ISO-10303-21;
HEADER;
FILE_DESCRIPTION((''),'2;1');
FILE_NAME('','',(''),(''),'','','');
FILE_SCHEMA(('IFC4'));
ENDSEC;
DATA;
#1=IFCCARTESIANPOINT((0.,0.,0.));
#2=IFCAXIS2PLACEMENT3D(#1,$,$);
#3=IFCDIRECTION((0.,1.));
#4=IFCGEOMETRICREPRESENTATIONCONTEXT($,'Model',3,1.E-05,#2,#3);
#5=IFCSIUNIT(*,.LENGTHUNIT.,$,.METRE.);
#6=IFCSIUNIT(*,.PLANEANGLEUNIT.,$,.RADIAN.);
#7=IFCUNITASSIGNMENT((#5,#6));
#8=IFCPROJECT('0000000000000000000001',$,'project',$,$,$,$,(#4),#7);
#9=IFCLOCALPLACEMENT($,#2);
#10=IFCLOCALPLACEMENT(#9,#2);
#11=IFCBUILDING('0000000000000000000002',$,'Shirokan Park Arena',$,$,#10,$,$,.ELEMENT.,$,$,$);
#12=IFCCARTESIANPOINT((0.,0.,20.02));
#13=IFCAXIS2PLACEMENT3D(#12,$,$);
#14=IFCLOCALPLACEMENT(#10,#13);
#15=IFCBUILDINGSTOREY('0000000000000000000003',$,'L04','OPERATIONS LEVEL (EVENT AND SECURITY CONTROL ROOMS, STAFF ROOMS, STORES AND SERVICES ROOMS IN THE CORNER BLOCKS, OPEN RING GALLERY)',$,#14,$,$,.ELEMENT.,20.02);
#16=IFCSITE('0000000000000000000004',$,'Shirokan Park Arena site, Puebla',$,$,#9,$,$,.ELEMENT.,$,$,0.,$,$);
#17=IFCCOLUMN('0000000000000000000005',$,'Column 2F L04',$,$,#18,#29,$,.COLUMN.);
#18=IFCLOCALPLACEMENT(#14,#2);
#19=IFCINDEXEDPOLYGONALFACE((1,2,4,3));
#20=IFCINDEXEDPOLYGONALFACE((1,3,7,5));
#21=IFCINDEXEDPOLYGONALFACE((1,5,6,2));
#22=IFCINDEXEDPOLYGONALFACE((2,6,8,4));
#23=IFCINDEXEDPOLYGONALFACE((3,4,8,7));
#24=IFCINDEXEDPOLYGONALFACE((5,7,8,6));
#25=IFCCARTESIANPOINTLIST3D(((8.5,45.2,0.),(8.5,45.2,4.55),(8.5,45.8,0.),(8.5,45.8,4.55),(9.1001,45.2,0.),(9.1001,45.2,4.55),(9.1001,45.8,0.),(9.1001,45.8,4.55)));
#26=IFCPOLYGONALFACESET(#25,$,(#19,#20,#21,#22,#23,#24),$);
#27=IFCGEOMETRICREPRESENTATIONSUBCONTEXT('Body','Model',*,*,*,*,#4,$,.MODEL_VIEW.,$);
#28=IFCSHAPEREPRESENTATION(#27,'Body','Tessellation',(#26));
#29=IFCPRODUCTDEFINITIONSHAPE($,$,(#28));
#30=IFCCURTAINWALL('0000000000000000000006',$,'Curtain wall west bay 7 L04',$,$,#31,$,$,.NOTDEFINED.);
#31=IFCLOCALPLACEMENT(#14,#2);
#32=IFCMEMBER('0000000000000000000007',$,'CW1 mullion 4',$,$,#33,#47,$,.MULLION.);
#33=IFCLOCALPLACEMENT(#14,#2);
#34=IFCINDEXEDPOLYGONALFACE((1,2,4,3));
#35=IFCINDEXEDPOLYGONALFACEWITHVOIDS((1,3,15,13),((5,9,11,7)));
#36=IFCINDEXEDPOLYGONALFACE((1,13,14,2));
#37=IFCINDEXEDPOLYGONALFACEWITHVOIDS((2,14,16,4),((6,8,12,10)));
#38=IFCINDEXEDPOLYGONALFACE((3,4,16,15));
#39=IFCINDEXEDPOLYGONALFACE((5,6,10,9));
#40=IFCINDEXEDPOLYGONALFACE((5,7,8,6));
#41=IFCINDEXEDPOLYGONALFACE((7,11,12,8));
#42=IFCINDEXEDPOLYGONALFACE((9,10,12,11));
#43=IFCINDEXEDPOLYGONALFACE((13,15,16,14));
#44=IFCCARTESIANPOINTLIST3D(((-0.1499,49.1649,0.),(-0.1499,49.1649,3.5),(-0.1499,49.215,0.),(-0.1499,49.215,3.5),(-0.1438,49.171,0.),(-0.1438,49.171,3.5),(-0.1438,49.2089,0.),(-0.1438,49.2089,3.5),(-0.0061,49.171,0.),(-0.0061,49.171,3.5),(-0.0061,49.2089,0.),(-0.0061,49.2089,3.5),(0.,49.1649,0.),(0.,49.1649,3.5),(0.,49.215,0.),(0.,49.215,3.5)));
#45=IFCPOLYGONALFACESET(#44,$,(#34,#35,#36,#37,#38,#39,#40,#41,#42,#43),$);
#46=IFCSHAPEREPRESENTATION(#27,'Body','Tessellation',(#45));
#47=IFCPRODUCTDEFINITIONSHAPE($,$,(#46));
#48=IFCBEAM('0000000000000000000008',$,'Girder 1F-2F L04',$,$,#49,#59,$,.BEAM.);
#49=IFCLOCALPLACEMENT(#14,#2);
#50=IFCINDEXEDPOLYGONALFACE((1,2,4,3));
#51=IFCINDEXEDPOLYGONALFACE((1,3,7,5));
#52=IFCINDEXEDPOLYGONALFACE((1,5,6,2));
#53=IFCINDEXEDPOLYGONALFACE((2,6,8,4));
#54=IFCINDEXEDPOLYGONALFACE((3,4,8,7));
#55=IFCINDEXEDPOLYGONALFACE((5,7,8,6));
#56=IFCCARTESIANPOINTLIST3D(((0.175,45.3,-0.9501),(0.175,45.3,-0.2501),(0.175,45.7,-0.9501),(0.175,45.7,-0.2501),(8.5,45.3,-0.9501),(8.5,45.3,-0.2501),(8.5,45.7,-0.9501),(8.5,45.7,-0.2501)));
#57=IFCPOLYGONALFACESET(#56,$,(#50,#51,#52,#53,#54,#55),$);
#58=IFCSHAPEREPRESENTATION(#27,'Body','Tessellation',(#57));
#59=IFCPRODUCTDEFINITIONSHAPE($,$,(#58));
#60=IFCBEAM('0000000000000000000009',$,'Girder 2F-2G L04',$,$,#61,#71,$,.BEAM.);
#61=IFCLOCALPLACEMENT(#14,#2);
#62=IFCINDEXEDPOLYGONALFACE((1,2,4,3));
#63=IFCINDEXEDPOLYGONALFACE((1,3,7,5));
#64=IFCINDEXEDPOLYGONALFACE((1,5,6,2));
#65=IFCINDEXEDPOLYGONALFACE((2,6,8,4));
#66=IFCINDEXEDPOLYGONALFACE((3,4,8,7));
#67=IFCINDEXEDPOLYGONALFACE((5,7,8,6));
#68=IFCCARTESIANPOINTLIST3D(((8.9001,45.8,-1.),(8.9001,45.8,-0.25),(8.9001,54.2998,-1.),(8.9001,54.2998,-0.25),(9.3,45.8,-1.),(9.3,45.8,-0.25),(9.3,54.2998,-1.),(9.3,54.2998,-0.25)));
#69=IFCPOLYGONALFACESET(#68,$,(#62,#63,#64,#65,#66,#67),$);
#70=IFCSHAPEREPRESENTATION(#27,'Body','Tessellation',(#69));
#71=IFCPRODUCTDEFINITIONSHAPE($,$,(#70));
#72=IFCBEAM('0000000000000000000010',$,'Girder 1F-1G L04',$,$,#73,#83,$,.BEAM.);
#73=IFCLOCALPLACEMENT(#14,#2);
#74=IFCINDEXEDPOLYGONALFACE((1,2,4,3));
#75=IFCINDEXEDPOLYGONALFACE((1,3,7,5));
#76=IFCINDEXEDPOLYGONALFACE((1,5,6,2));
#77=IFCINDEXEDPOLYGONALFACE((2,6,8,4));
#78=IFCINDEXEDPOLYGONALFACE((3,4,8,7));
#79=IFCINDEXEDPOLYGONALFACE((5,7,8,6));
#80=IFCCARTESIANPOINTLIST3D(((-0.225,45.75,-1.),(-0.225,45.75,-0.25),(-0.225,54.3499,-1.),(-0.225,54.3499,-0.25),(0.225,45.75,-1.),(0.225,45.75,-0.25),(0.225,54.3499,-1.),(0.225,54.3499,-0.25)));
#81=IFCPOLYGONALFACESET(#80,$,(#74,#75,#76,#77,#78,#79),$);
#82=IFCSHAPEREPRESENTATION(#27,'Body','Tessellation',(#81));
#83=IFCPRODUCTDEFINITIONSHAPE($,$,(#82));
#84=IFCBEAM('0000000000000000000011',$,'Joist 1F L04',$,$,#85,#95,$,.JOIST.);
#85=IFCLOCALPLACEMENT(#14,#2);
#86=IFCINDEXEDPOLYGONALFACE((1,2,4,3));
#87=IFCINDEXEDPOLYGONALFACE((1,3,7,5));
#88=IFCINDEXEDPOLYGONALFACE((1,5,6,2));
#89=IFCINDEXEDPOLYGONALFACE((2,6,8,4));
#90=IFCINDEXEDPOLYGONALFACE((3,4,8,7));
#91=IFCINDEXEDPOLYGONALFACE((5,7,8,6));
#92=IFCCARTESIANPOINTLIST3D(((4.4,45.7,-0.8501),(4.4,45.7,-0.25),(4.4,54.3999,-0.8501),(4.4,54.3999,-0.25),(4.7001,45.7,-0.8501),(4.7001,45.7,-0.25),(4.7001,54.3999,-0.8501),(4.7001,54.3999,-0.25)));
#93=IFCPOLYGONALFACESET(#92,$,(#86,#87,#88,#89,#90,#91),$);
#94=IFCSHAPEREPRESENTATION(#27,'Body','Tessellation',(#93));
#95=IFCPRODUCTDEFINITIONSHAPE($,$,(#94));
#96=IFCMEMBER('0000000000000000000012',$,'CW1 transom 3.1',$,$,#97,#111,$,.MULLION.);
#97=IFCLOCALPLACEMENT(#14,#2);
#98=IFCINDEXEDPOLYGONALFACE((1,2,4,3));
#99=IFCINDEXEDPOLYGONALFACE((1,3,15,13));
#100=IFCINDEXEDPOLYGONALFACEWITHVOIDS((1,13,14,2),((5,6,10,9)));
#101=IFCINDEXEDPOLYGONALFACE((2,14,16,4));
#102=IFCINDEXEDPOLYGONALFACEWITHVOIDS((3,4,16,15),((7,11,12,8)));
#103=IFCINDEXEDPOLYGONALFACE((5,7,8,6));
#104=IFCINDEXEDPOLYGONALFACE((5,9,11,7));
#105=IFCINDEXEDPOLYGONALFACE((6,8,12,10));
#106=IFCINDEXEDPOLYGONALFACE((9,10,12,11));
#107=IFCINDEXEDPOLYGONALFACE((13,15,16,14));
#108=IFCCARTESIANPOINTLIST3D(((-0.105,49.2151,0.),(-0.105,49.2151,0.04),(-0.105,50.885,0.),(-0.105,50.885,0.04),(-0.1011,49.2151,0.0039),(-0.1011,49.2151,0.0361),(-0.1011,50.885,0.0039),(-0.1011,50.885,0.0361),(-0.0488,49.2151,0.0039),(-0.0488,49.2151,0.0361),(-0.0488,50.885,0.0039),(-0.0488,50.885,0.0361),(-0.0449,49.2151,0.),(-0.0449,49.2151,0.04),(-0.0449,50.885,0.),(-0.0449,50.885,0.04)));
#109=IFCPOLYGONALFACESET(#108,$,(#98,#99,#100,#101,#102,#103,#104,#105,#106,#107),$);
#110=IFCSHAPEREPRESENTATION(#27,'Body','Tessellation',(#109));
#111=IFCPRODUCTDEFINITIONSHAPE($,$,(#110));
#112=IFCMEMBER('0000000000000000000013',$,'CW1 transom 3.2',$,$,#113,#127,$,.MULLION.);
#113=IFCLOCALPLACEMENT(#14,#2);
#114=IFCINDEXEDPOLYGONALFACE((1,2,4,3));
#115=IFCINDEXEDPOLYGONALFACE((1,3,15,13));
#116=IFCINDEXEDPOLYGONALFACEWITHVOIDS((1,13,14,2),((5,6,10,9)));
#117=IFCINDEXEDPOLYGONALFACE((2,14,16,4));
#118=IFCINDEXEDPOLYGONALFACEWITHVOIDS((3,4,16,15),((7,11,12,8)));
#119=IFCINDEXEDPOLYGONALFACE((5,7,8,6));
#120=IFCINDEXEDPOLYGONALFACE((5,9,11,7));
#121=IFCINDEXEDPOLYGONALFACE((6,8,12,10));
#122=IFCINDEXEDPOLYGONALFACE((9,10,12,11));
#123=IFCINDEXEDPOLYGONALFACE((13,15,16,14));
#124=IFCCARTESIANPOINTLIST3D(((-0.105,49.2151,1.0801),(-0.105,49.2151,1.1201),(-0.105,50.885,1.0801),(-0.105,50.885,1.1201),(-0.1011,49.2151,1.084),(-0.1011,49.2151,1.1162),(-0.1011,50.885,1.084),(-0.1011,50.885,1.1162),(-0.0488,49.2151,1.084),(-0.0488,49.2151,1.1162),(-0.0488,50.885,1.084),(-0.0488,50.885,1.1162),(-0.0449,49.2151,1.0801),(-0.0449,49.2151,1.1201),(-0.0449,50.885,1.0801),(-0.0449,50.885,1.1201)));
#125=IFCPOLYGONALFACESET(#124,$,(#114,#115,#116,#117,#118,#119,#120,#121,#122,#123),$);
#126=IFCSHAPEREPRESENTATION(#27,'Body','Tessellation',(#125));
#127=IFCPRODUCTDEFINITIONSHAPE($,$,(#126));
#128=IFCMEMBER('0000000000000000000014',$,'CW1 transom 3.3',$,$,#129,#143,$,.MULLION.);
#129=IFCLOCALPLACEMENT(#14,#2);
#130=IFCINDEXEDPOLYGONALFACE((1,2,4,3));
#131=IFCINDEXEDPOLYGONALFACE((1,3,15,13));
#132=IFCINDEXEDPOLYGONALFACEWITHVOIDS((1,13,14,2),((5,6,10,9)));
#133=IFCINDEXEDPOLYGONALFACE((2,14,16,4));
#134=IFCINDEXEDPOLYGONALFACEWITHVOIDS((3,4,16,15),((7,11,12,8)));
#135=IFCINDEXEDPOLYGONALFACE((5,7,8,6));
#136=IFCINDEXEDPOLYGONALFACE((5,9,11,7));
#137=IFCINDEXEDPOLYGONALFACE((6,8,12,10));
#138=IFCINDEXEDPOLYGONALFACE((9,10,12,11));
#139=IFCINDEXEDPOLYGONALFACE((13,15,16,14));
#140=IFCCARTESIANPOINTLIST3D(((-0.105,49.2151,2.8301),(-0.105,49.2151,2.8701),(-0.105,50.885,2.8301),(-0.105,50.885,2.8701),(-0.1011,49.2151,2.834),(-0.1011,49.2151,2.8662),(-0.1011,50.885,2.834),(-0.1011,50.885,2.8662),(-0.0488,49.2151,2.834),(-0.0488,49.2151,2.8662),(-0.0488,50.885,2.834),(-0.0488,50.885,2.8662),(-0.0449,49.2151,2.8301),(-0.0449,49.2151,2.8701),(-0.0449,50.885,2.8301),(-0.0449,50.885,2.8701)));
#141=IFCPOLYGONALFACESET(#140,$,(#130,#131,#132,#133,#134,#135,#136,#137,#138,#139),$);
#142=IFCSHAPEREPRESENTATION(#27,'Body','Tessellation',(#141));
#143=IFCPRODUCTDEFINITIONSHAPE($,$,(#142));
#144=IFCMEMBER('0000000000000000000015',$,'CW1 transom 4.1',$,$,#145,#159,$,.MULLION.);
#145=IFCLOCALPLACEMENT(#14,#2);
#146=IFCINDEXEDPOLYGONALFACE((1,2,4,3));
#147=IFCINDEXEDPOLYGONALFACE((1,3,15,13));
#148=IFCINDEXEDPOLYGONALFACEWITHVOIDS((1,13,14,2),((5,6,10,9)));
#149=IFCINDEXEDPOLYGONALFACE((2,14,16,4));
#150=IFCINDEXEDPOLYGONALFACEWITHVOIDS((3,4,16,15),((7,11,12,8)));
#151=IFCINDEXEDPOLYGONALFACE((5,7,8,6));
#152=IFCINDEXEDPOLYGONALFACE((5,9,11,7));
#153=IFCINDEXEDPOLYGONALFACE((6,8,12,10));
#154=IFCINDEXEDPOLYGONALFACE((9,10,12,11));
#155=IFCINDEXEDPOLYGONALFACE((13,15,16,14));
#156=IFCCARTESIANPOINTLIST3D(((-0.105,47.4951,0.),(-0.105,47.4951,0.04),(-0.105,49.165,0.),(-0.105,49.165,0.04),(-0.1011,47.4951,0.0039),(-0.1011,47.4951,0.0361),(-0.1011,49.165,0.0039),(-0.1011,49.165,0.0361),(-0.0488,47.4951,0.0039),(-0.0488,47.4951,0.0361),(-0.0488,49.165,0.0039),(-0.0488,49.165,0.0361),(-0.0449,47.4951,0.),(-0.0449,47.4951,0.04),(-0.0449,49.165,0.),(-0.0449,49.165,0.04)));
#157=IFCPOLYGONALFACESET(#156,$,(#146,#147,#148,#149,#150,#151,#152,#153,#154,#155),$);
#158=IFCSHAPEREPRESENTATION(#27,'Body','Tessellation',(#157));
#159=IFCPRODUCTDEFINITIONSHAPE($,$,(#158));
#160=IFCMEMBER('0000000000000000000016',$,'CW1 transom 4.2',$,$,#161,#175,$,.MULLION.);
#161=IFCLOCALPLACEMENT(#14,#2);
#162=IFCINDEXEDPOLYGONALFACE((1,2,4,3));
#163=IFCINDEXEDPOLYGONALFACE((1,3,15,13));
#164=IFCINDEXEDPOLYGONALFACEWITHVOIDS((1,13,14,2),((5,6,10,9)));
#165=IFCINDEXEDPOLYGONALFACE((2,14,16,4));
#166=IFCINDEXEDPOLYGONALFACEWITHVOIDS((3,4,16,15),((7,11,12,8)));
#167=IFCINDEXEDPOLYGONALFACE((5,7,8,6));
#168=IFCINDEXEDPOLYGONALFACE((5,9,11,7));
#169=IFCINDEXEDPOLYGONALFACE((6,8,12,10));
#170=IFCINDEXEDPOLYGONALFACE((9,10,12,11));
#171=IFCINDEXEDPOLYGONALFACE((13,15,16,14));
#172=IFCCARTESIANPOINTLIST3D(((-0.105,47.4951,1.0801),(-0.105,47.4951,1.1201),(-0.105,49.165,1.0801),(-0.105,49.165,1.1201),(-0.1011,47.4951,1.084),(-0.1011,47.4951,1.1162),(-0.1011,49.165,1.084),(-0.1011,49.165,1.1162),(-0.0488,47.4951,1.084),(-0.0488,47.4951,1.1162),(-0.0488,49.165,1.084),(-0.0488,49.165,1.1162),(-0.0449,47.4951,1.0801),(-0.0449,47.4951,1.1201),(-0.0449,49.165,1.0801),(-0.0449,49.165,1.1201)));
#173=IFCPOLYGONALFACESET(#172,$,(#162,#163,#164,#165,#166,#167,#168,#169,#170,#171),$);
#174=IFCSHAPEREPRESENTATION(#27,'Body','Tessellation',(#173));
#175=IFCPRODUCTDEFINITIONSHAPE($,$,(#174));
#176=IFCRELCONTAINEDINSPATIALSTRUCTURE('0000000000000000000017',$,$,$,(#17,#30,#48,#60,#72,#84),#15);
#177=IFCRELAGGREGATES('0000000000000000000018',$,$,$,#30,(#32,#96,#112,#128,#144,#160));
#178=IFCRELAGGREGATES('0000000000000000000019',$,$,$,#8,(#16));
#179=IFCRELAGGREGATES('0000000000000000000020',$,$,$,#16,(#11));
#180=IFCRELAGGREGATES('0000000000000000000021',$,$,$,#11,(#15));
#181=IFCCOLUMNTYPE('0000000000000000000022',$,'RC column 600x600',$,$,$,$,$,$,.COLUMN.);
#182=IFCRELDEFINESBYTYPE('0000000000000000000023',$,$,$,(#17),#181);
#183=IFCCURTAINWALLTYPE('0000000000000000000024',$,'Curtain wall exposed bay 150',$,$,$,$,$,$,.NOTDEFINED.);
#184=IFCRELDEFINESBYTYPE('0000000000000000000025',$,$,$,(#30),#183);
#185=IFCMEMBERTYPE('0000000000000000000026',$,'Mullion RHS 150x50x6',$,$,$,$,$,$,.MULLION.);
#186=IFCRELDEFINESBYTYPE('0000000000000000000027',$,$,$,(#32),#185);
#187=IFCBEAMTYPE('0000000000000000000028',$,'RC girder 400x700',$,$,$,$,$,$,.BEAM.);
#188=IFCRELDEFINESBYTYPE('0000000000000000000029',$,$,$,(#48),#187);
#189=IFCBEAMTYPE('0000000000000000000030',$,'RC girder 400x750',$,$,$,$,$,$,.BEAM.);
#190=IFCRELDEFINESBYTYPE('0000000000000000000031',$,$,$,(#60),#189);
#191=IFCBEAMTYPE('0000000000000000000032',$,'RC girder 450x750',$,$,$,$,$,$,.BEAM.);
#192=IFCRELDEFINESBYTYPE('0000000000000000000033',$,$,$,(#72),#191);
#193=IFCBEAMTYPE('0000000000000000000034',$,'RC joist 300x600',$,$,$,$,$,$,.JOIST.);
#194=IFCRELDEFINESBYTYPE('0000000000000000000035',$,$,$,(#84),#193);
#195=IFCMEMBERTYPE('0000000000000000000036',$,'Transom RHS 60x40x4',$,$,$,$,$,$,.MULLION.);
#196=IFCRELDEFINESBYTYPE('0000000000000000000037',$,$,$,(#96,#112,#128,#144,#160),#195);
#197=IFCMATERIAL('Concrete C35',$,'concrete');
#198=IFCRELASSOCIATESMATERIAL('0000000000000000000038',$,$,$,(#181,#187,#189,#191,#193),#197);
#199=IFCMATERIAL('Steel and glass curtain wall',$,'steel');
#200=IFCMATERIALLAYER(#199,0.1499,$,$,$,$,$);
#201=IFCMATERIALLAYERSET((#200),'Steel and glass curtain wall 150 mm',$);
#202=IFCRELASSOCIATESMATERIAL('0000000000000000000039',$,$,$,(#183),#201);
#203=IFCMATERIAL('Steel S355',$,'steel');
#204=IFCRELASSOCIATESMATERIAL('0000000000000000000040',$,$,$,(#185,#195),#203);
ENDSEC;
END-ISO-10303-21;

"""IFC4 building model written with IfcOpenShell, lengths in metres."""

from ifc_helpers import new_model, si_unit, direction, frame, origin, origin_2d, place, context, subcontext, project, spatial, rectangle, hollow_rectangle, extrude, material, layer, layer_set, material_profile, profile_set, type_object, element, aggregate, save


model = new_model("IFC4")

# Units and contexts
model_context = context("Model", 3, precision=1e-05, world=origin(), true_north=direction((0.0, 1.0)))
body_context = subcontext(model_context, "Body", "Model", "MODEL_VIEW")
ifc_project = project(units=[si_unit("LENGTHUNIT", "METRE"), si_unit("PLANEANGLEUNIT", "RADIAN")], contexts=[model_context])

# Site, building, storey
site_placement = place(None, origin())
site = spatial("IfcSite", under=ifc_project, at=site_placement, Name="Shirokan Park Arena site, Puebla", CompositionType="ELEMENT", RefElevation=0.0)
building_placement = place(site_placement, origin())
building = spatial("IfcBuilding", under=site, at=building_placement, Name="Shirokan Park Arena", CompositionType="ELEMENT")
storey_placement = place(building_placement, frame((0.0, 0.0, 20.02)))
storey = spatial("IfcBuildingStorey", under=building, at=storey_placement, Name="L04", Description="OPERATIONS LEVEL (EVENT AND SECURITY CONTROL ROOMS, STAFF ROOMS, STORES AND SERVICES ROOMS IN THE CORNER BLOCKS, OPEN RING GALLERY)", CompositionType="ELEMENT", Elevation=20.02)

# Column
ifc_material_1 = material(Name="Concrete C35", Category="concrete")
ifc_material_profile_1 = material_profile(ifc_material_1, rectangle(XDim=0.6001, YDim=0.6001, at=origin_2d()), Name="600x600")
ifc_profile_set_1 = profile_set([ifc_material_profile_1], Name="Concrete C35")
column_type = type_object("IfcColumnType", Name="RC column 600x600", PredefinedType="COLUMN", material=ifc_profile_set_1)
column_placement = place(storey_placement, frame((8.8, 45.5, 0.0), z_axis=(0.0, 0.0, 1.0), x_axis=(1.0, 0.0, 0.0)))
element("IfcColumn", 1, at=column_placement, inside=storey, type_object=column_type, Name="Column 2F L04", PredefinedType="COLUMN", context=body_context, shape_type="SweptSolid", body=[
    extrude(rectangle(XDim=0.6001, YDim=0.6001, at=origin_2d()), origin(), (0.0, 0.0, 1.0), 4.55),
])

# Curtain wall, member
ifc_material_2 = material(Name="Steel and glass curtain wall", Category="steel")
ifc_layer_1 = layer(ifc_material_2, 0.1499)
ifc_layer_set_1 = layer_set([ifc_layer_1], Name="Steel and glass curtain wall 150 mm")
curtain_wall_type = type_object("IfcCurtainWallType", Name="Curtain wall exposed bay 150", PredefinedType="NOTDEFINED", material=ifc_layer_set_1)
curtain_wall_placement = place(storey_placement, origin())
curtain_wall = element("IfcCurtainWall", 2, at=curtain_wall_placement, inside=storey, type_object=curtain_wall_type, Name="Curtain wall west bay 7 L04", PredefinedType="NOTDEFINED")
ifc_material_3 = material(Name="Steel S355", Category="steel")
ifc_material_profile_2 = material_profile(ifc_material_3, hollow_rectangle(XDim=0.1499, YDim=0.05, WallThickness=0.0061, at=origin_2d()), Name="RHS 150x50x6")
ifc_profile_set_2 = profile_set([ifc_material_profile_2], Name="Steel S355")
member_type_1 = type_object("IfcMemberType", Name="Mullion RHS 150x50x6", PredefinedType="MULLION", material=ifc_profile_set_2)
member_1_placement = place(storey_placement, frame((-0.075, 49.1899, 0.0), z_axis=(0.0, 0.0, 1.0), x_axis=(1.0, 0.0, 0.0)))
member_1 = element("IfcMember", 3, at=member_1_placement, type_object=member_type_1, Name="CW1 mullion 4", PredefinedType="MULLION", context=body_context, shape_type="SweptSolid", body=[
    extrude(hollow_rectangle(XDim=0.1499, YDim=0.05, WallThickness=0.0061, at=origin_2d()), origin(), (0.0, 0.0, 1.0), 3.5),
])

# Beams
ifc_material_profile_3 = material_profile(ifc_material_1, rectangle(XDim=0.3999, YDim=0.7, at=origin_2d()), Name="400x700")
ifc_profile_set_3 = profile_set([ifc_material_profile_3], Name="Concrete C35")
beam_type_1 = type_object("IfcBeamType", Name="RC girder 400x700", PredefinedType="BEAM", material=ifc_profile_set_3)
beam_1_placement = place(storey_placement, frame((0.175, 45.5, -0.6001), z_axis=(1.0, 0.0, 0.0), x_axis=(0.0, 1.0, 0.0)))
element("IfcBeam", 4, at=beam_1_placement, inside=storey, type_object=beam_type_1, Name="Girder 1F-2F L04", PredefinedType="BEAM", context=body_context, shape_type="SweptSolid", body=[
    extrude(rectangle(XDim=0.3999, YDim=0.7, at=origin_2d()), origin(), (0.0, 0.0, 1.0), 8.325),
])
ifc_material_profile_4 = material_profile(ifc_material_1, rectangle(XDim=0.3999, YDim=0.75, at=origin_2d()), Name="400x750")
ifc_profile_set_4 = profile_set([ifc_material_profile_4], Name="Concrete C35")
beam_type_2 = type_object("IfcBeamType", Name="RC girder 400x750", PredefinedType="BEAM", material=ifc_profile_set_4)
beam_2_placement = place(storey_placement, frame((9.1001, 45.8, -0.625), z_axis=(0.0, 1.0, 0.0), x_axis=(-1.0, 0.0, 0.0)))
element("IfcBeam", 5, at=beam_2_placement, inside=storey, type_object=beam_type_2, Name="Girder 2F-2G L04", PredefinedType="BEAM", context=body_context, shape_type="SweptSolid", body=[
    extrude(rectangle(XDim=0.3999, YDim=0.75, at=origin_2d()), origin(), (0.0, 0.0, 1.0), 8.4998),
])
ifc_material_profile_5 = material_profile(ifc_material_1, rectangle(XDim=0.45, YDim=0.75, at=origin_2d()), Name="450x750")
ifc_profile_set_5 = profile_set([ifc_material_profile_5], Name="Concrete C35")
beam_type_3 = type_object("IfcBeamType", Name="RC girder 450x750", PredefinedType="BEAM", material=ifc_profile_set_5)
beam_3_placement = place(storey_placement, frame((0.0, 45.75, -0.625), z_axis=(0.0, 1.0, 0.0), x_axis=(-1.0, 0.0, 0.0)))
element("IfcBeam", 6, at=beam_3_placement, inside=storey, type_object=beam_type_3, Name="Girder 1F-1G L04", PredefinedType="BEAM", context=body_context, shape_type="SweptSolid", body=[
    extrude(rectangle(XDim=0.45, YDim=0.75, at=origin_2d()), origin(), (0.0, 0.0, 1.0), 8.5999),
])
ifc_material_profile_6 = material_profile(ifc_material_1, rectangle(XDim=0.3, YDim=0.6001, at=origin_2d()), Name="300x600")
ifc_profile_set_6 = profile_set([ifc_material_profile_6], Name="Concrete C35")
beam_type_4 = type_object("IfcBeamType", Name="RC joist 300x600", PredefinedType="JOIST", material=ifc_profile_set_6)
beam_4_placement = place(storey_placement, frame((4.55, 45.7, -0.55), z_axis=(0.0, 1.0, 0.0), x_axis=(-1.0, 0.0, 0.0)))
element("IfcBeam", 7, at=beam_4_placement, inside=storey, type_object=beam_type_4, Name="Joist 1F L04", PredefinedType="JOIST", context=body_context, shape_type="SweptSolid", body=[
    extrude(rectangle(XDim=0.3, YDim=0.6001, at=origin_2d()), origin(), (0.0, 0.0, 1.0), 8.7),
])

# Members
ifc_material_profile_7 = material_profile(ifc_material_3, hollow_rectangle(XDim=0.0601, YDim=0.04, WallThickness=0.0039, at=origin_2d()), Name="RHS 60x40x4")
ifc_profile_set_7 = profile_set([ifc_material_profile_7], Name="Steel S355")
member_type_2 = type_object("IfcMemberType", Name="Transom RHS 60x40x4", PredefinedType="MULLION", material=ifc_profile_set_7)
member_2_placement = place(storey_placement, frame((-0.075, 50.885, 0.02), z_axis=(0.0, -1.0, 0.0), x_axis=(1.0, 0.0, 0.0)))
member_2 = element("IfcMember", 8, at=member_2_placement, type_object=member_type_2, Name="CW1 transom 3.1", PredefinedType="MULLION", context=body_context, shape_type="SweptSolid", body=[
    extrude(hollow_rectangle(XDim=0.0601, YDim=0.04, WallThickness=0.0039, at=origin_2d()), origin(), (0.0, 0.0, 1.0), 1.6699),
])
member_3_placement = place(storey_placement, frame((-0.075, 50.885, 1.1001), z_axis=(0.0, -1.0, 0.0), x_axis=(1.0, 0.0, 0.0)))
member_3 = element("IfcMember", 9, at=member_3_placement, type_object=member_type_2, Name="CW1 transom 3.2", PredefinedType="MULLION", context=body_context, shape_type="SweptSolid", body=[
    extrude(hollow_rectangle(XDim=0.0601, YDim=0.04, WallThickness=0.0039, at=origin_2d()), origin(), (0.0, 0.0, 1.0), 1.6699),
])
member_4_placement = place(storey_placement, frame((-0.075, 50.885, 2.8501), z_axis=(0.0, -1.0, 0.0), x_axis=(1.0, 0.0, 0.0)))
member_4 = element("IfcMember", 10, at=member_4_placement, type_object=member_type_2, Name="CW1 transom 3.3", PredefinedType="MULLION", context=body_context, shape_type="SweptSolid", body=[
    extrude(hollow_rectangle(XDim=0.0601, YDim=0.04, WallThickness=0.0039, at=origin_2d()), origin(), (0.0, 0.0, 1.0), 1.6699),
])
member_5_placement = place(storey_placement, frame((-0.075, 49.165, 0.02), z_axis=(0.0, -1.0, 0.0), x_axis=(1.0, 0.0, 0.0)))
member_5 = element("IfcMember", 11, at=member_5_placement, type_object=member_type_2, Name="CW1 transom 4.1", PredefinedType="MULLION", context=body_context, shape_type="SweptSolid", body=[
    extrude(hollow_rectangle(XDim=0.0601, YDim=0.04, WallThickness=0.0039, at=origin_2d()), origin(), (0.0, 0.0, 1.0), 1.6699),
])
member_6_placement = place(storey_placement, frame((-0.075, 49.165, 1.1001), z_axis=(0.0, -1.0, 0.0), x_axis=(1.0, 0.0, 0.0)))
member_6 = element("IfcMember", 12, at=member_6_placement, type_object=member_type_2, Name="CW1 transom 4.2", PredefinedType="MULLION", context=body_context, shape_type="SweptSolid", body=[
    extrude(hollow_rectangle(XDim=0.0601, YDim=0.04, WallThickness=0.0039, at=origin_2d()), origin(), (0.0, 0.0, 1.0), 1.6699),
])

aggregate(curtain_wall, [member_1, member_2, member_3, member_4, member_5, member_6])

save(model, "model.ifc")
